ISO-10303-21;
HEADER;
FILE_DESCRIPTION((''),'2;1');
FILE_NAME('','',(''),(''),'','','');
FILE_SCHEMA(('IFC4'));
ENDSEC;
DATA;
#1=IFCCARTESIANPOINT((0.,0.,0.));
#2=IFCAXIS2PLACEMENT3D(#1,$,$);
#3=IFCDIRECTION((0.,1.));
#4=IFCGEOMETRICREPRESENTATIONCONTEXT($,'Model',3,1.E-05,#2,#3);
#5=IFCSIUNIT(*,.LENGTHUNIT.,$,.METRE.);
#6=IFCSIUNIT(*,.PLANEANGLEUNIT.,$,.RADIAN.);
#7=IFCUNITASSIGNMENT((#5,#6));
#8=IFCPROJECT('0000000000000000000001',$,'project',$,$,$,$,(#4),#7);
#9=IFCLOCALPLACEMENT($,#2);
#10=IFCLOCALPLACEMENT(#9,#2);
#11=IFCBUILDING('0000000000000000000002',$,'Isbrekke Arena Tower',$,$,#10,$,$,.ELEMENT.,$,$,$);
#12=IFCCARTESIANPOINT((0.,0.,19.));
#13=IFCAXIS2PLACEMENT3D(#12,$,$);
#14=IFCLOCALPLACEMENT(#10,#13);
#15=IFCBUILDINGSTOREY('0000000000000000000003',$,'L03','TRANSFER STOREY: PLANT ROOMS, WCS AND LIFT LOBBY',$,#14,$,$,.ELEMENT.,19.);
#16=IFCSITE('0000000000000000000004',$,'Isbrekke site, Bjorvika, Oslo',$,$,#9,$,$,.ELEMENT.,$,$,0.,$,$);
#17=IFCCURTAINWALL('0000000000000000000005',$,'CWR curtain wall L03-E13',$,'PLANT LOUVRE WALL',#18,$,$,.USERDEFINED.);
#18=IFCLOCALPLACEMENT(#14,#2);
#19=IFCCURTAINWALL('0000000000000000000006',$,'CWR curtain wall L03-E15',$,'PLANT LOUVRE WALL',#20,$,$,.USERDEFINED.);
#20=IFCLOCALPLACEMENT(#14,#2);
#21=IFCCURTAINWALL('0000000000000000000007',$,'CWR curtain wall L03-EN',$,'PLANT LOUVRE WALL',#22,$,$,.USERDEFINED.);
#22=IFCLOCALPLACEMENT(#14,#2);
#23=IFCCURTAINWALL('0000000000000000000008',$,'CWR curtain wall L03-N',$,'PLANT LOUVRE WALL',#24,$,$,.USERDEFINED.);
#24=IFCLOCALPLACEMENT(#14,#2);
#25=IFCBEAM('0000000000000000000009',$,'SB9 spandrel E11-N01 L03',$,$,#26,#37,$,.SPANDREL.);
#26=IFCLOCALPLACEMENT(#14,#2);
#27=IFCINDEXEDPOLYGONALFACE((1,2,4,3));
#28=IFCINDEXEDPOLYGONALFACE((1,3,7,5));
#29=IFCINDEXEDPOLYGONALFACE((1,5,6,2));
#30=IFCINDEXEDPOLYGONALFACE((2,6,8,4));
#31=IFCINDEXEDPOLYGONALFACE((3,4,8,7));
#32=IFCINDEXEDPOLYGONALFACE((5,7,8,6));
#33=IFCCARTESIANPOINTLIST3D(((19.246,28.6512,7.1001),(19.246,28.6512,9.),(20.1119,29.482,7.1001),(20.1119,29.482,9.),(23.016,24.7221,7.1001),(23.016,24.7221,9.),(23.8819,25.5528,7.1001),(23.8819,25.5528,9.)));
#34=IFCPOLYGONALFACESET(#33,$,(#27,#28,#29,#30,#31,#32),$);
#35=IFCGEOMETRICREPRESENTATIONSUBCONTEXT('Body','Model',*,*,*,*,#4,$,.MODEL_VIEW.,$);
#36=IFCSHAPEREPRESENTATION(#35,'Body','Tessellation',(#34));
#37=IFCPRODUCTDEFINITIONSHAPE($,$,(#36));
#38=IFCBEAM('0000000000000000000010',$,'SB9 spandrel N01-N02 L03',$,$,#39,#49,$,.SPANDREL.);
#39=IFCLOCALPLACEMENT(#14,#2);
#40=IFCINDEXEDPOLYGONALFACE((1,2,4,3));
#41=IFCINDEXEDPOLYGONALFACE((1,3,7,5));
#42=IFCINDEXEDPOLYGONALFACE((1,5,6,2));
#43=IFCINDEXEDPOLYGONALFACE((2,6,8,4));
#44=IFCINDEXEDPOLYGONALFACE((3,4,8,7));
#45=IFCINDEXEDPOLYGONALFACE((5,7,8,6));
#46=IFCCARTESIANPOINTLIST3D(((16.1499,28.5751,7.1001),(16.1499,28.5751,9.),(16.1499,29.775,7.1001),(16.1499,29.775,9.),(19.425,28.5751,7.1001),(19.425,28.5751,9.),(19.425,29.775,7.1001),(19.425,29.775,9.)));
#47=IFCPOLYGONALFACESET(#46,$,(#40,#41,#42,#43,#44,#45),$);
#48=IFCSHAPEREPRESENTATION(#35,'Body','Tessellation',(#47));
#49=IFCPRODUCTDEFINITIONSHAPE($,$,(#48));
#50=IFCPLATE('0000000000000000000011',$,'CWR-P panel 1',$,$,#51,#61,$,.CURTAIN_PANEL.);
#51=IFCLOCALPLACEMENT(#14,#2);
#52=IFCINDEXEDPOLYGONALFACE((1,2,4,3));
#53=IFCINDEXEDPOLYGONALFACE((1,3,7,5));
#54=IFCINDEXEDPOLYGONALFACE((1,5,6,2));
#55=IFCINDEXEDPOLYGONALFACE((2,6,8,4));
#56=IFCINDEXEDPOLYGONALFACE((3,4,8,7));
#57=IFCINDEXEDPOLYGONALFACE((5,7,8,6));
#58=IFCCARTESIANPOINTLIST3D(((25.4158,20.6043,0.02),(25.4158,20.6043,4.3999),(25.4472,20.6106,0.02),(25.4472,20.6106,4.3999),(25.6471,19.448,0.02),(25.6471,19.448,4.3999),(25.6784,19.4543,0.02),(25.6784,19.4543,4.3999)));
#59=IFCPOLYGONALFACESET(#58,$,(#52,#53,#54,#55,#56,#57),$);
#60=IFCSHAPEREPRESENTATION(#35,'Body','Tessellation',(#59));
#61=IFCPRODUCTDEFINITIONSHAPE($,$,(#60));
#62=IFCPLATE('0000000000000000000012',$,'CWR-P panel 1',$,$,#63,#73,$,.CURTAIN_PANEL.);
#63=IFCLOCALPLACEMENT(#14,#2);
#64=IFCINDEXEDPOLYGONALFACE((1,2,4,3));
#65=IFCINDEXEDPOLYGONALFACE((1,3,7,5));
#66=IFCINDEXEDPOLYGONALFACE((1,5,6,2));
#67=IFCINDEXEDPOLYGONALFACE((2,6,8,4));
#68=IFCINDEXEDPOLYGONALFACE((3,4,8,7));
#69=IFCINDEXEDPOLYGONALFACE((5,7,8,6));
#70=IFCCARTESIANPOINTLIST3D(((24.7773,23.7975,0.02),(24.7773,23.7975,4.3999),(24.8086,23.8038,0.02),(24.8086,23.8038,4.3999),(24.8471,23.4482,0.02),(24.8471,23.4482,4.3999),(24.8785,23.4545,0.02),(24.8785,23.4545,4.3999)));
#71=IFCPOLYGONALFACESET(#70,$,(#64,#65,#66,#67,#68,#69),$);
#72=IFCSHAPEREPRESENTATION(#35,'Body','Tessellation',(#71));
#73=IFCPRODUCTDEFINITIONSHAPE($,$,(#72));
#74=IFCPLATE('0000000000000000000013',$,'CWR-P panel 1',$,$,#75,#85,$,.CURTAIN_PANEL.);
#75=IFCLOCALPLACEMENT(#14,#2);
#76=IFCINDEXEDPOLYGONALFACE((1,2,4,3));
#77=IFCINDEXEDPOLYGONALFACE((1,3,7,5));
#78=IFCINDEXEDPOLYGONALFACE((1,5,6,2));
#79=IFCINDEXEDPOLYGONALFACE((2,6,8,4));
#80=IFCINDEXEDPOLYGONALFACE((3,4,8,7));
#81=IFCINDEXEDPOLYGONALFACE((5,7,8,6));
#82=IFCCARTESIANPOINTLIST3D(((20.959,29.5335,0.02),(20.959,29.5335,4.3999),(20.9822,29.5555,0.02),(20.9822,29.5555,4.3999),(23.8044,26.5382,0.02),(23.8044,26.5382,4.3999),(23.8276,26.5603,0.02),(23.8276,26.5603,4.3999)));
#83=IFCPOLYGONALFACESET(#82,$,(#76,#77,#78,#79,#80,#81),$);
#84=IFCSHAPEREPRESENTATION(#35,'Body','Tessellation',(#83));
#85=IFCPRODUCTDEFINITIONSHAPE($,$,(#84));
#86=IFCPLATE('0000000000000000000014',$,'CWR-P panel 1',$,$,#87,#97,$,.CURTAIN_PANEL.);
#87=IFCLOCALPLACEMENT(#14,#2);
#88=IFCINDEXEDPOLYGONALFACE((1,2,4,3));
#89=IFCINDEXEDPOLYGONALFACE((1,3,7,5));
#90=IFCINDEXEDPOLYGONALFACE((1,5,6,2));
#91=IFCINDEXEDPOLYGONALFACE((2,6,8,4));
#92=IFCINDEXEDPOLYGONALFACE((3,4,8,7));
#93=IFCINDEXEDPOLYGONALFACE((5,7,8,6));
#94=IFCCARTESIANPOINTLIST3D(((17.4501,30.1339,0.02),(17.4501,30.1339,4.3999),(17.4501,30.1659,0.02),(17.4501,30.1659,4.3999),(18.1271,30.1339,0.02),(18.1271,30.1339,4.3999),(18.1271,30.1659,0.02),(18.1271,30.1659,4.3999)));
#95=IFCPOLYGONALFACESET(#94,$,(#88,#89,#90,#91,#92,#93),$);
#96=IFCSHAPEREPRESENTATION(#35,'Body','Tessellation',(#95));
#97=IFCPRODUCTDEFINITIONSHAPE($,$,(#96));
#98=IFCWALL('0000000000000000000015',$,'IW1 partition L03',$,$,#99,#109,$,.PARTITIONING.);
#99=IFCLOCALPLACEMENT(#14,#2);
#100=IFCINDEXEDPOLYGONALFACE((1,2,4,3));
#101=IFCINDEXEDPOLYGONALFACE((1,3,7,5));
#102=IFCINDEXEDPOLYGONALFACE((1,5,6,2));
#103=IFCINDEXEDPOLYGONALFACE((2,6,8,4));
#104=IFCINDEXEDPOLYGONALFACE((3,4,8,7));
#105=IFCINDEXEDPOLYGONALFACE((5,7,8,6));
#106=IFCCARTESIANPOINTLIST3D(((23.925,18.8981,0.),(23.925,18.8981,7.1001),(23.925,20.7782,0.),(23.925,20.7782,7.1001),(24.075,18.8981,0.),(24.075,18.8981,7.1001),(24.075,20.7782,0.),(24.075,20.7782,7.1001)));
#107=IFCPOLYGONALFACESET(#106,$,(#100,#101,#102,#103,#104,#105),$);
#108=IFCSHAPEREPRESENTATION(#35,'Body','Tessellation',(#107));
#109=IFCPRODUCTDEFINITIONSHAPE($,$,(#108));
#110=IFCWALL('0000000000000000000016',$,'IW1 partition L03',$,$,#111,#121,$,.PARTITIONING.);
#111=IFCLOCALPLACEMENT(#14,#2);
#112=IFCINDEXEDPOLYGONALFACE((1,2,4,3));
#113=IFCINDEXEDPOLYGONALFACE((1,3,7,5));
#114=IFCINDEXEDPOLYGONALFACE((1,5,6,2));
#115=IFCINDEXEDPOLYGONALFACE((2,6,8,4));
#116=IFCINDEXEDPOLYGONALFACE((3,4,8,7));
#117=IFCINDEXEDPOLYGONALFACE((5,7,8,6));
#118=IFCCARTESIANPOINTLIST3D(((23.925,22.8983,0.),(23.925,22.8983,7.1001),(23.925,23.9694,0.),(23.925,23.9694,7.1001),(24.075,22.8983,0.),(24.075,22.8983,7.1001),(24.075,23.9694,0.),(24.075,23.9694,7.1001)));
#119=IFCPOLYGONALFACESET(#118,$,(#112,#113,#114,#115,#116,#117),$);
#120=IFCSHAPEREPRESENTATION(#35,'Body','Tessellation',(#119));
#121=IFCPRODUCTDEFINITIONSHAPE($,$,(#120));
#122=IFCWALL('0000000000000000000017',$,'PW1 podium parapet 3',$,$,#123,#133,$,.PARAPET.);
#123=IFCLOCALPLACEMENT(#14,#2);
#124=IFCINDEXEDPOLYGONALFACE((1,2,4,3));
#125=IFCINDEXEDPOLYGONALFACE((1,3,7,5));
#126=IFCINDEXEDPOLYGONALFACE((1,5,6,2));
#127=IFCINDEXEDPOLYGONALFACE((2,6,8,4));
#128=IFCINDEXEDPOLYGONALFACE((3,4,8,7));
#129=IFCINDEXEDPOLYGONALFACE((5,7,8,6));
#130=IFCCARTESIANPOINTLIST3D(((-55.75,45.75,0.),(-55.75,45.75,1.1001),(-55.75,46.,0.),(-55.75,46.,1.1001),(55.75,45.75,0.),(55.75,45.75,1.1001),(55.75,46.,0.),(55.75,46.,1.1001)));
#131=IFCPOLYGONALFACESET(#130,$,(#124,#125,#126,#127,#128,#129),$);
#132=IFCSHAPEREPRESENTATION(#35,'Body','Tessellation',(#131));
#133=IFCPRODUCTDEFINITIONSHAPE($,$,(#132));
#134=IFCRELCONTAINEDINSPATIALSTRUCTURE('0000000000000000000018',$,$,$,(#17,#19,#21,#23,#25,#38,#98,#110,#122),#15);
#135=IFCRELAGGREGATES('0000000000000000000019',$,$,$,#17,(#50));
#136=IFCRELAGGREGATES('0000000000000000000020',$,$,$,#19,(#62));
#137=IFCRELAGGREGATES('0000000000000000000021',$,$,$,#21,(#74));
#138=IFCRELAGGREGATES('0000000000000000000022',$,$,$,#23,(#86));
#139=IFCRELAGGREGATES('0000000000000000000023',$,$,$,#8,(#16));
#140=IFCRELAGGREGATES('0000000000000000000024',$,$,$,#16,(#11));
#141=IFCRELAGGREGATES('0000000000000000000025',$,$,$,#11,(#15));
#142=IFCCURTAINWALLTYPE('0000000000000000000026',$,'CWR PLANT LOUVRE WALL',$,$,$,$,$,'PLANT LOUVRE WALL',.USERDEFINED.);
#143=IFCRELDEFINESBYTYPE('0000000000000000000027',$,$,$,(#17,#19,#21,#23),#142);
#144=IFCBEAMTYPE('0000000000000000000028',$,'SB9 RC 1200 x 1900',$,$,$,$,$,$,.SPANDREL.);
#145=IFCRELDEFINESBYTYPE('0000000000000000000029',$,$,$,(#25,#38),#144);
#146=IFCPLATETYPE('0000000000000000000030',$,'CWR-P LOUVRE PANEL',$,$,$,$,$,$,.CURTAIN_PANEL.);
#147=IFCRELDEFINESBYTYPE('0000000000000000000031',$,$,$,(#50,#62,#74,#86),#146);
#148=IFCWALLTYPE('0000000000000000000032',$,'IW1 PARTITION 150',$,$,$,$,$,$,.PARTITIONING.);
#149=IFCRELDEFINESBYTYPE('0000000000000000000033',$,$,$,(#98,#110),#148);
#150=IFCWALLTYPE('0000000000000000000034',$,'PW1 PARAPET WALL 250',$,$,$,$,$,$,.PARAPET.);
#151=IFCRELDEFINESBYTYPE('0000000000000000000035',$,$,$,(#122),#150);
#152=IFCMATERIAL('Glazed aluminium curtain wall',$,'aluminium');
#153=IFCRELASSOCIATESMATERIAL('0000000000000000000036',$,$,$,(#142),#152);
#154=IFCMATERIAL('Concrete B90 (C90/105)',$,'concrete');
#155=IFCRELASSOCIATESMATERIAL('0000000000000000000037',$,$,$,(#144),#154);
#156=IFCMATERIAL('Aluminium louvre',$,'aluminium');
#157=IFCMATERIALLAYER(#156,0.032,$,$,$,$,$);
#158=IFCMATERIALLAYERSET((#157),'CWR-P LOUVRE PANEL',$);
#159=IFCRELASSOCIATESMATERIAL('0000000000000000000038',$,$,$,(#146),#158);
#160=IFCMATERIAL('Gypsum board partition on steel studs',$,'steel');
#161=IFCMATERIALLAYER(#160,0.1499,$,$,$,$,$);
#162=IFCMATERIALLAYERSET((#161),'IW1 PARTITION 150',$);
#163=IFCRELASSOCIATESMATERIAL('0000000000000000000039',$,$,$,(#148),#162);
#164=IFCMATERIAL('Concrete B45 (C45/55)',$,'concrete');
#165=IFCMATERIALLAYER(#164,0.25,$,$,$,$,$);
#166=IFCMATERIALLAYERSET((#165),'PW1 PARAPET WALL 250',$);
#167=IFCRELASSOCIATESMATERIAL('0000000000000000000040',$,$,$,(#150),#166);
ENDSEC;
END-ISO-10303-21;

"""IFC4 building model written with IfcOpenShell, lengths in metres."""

from ifc_helpers import new_model, si_unit, direction, frame, frame_2d, origin, origin_2d, place, context, subcontext, project, spatial, rectangle, extrude, material, layer, layer_set, material_profile, profile_set, type_object, element, aggregate, save


model = new_model("IFC4")

# Units and contexts
model_context = context("Model", 3, precision=1e-05, world=origin(), true_north=direction((0.0, 1.0)))
body_context = subcontext(model_context, "Body", "Model", "MODEL_VIEW")
ifc_project = project(units=[si_unit("LENGTHUNIT", "METRE"), si_unit("PLANEANGLEUNIT", "RADIAN")], contexts=[model_context])

# Site, building, storey
site_placement = place(None, origin())
site = spatial("IfcSite", under=ifc_project, at=site_placement, Name="Isbrekke site, Bjorvika, Oslo", CompositionType="ELEMENT", RefElevation=0.0)
building_placement = place(site_placement, origin())
building = spatial("IfcBuilding", under=site, at=building_placement, Name="Isbrekke Arena Tower", CompositionType="ELEMENT")
storey_placement = place(building_placement, frame((0.0, 0.0, 19.0)))
storey = spatial("IfcBuildingStorey", under=building, at=storey_placement, Name="L03", Description="TRANSFER STOREY: PLANT ROOMS, WCS AND LIFT LOBBY", CompositionType="ELEMENT", Elevation=19.0)

# Curtain walls
ifc_material_1 = material(Name="Glazed aluminium curtain wall", Category="aluminium")
curtain_wall_type = type_object("IfcCurtainWallType", Name="CWR PLANT LOUVRE WALL", ElementType="PLANT LOUVRE WALL", PredefinedType="USERDEFINED", material=ifc_material_1)
curtain_wall_1_placement = place(storey_placement, origin())
curtain_wall_1 = element("IfcCurtainWall", 1, at=curtain_wall_1_placement, inside=storey, type_object=curtain_wall_type, Name="CWR curtain wall L03-E13", ObjectType="PLANT LOUVRE WALL", PredefinedType="USERDEFINED")
curtain_wall_2_placement = place(storey_placement, origin())
curtain_wall_2 = element("IfcCurtainWall", 2, at=curtain_wall_2_placement, inside=storey, type_object=curtain_wall_type, Name="CWR curtain wall L03-E15", ObjectType="PLANT LOUVRE WALL", PredefinedType="USERDEFINED")
curtain_wall_3_placement = place(storey_placement, origin())
curtain_wall_3 = element("IfcCurtainWall", 3, at=curtain_wall_3_placement, inside=storey, type_object=curtain_wall_type, Name="CWR curtain wall L03-EN", ObjectType="PLANT LOUVRE WALL", PredefinedType="USERDEFINED")
curtain_wall_4_placement = place(storey_placement, origin())
curtain_wall_4 = element("IfcCurtainWall", 4, at=curtain_wall_4_placement, inside=storey, type_object=curtain_wall_type, Name="CWR curtain wall L03-N", ObjectType="PLANT LOUVRE WALL", PredefinedType="USERDEFINED")

# Beams
ifc_material_2 = material(Name="Concrete B90 (C90/105)", Category="concrete")
ifc_material_profile_1 = material_profile(ifc_material_2, rectangle(XDim=1.2, YDim=1.8999, at=origin_2d()), Name="RC 1200x1900")
ifc_profile_set_1 = profile_set([ifc_material_profile_1], Name="Concrete B90 (C90/105)")
beam_type_1 = type_object("IfcBeamType", Name="SB9 RC 1200 x 1900", PredefinedType="SPANDREL", material=ifc_profile_set_1)
beam_1_placement = place(storey_placement, frame((23.449, 25.1375, 8.05), z_axis=(-0.69234, 0.721572, 0.0), x_axis=(-0.721572, -0.69234, 0.0)))
element("IfcBeam", 5, at=beam_1_placement, inside=storey, type_object=beam_type_1, Name="SB9 spandrel E11-N01 L03", PredefinedType="SPANDREL", context=body_context, shape_type="SweptSolid", body=[
    extrude(rectangle(XDim=1.2, YDim=1.8999, at=origin_2d()), origin(), (0.0, 0.0, 1.0), 5.4453),
])
beam_2_placement = place(storey_placement, frame((19.425, 29.175, 8.05), z_axis=(-1.0, 0.0, 0.0), x_axis=(0.0, -1.0, 0.0)))
element("IfcBeam", 6, at=beam_2_placement, inside=storey, type_object=beam_type_1, Name="SB9 spandrel N01-N02 L03", PredefinedType="SPANDREL", context=body_context, shape_type="SweptSolid", body=[
    extrude(rectangle(XDim=1.2, YDim=1.8999, at=origin_2d()), origin(), (0.0, 0.0, 1.0), 3.2751),
])

# Plates
ifc_material_3 = material(Name="Aluminium louvre", Category="aluminium")
ifc_layer_1 = layer(ifc_material_3, 0.032)
ifc_layer_set_1 = layer_set([ifc_layer_1], Name="CWR-P LOUVRE PANEL")
plate_type = type_object("IfcPlateType", Name="CWR-P LOUVRE PANEL", PredefinedType="CURTAIN_PANEL", material=ifc_layer_set_1)
plate_1_placement = place(storey_placement, frame((25.5471, 20.0293, 0.02), z_axis=(0.0, 0.0, 1.0), x_axis=(-0.196116, 0.980581, 0.0)))
plate_1 = element("IfcPlate", 7, at=plate_1_placement, type_object=plate_type, Name="CWR-P panel 1", PredefinedType="CURTAIN_PANEL", context=body_context, shape_type="SweptSolid", body=[
    extrude(rectangle(XDim=1.1792, YDim=0.032, at=origin_2d()), origin(), (0.0, 0.0, 1.0), 4.3799),
])
aggregate(curtain_wall_1, [plate_1])
plate_2_placement = place(storey_placement, frame((24.8279, 23.626, 0.02), z_axis=(0.0, 0.0, 1.0), x_axis=(-0.196116, 0.980581, 0.0)))
plate_2 = element("IfcPlate", 8, at=plate_2_placement, type_object=plate_type, Name="CWR-P panel 1", PredefinedType="CURTAIN_PANEL", context=body_context, shape_type="SweptSolid", body=[
    extrude(rectangle(XDim=0.3562, YDim=0.032, at=origin_2d()), origin(), (0.0, 0.0, 1.0), 4.3799),
])
aggregate(curtain_wall_2, [plate_2])
plate_3_placement = place(storey_placement, frame((22.3933, 28.0469, 0.02), z_axis=(0.0, 0.0, 1.0), x_axis=(-0.688749, 0.724999, 0.0)))
plate_3 = element("IfcPlate", 9, at=plate_3_placement, type_object=plate_type, Name="CWR-P panel 1", PredefinedType="CURTAIN_PANEL", context=body_context, shape_type="SweptSolid", body=[
    extrude(rectangle(XDim=4.1313, YDim=0.032, at=origin_2d()), origin(), (0.0, 0.0, 1.0), 4.3799),
])
aggregate(curtain_wall_3, [plate_3])
plate_4_placement = place(storey_placement, frame((17.7886, 30.1499, 0.02), z_axis=(0.0, 0.0, 1.0), x_axis=(-1.0, 0.0, 0.0)))
plate_4 = element("IfcPlate", 10, at=plate_4_placement, type_object=plate_type, Name="CWR-P panel 1", PredefinedType="CURTAIN_PANEL", context=body_context, shape_type="SweptSolid", body=[
    extrude(rectangle(XDim=0.677, YDim=0.032, at=origin_2d()), origin(), (0.0, 0.0, 1.0), 4.3799),
])
aggregate(curtain_wall_4, [plate_4])

# Walls
ifc_material_4 = material(Name="Gypsum board partition on steel studs", Category="steel")
ifc_layer_2 = layer(ifc_material_4, 0.1499)
ifc_layer_set_2 = layer_set([ifc_layer_2], Name="IW1 PARTITION 150")
wall_type_1 = type_object("IfcWallType", Name="IW1 PARTITION 150", PredefinedType="PARTITIONING", material=ifc_layer_set_2)
wall_1_placement = place(storey_placement, frame((24.0, 18.8982, 0.0), z_axis=(0.0, 0.0, 1.0), x_axis=(0.0, 1.0, 0.0)))
element("IfcWall", 11, at=wall_1_placement, inside=storey, type_object=wall_type_1, Name="IW1 partition L03", PredefinedType="PARTITIONING", context=body_context, shape_type="SweptSolid", body=[
    extrude(rectangle(XDim=1.8801, YDim=0.1499, at=frame_2d((0.9399, 0.0))), origin(), (0.0, 0.0, 1.0), 7.1001),
])
wall_2_placement = place(storey_placement, frame((24.0, 22.8982, 0.0), z_axis=(0.0, 0.0, 1.0), x_axis=(0.0, 1.0, 0.0)))
element("IfcWall", 12, at=wall_2_placement, inside=storey, type_object=wall_type_1, Name="IW1 partition L03", PredefinedType="PARTITIONING", context=body_context, shape_type="SweptSolid", body=[
    extrude(rectangle(XDim=1.071, YDim=0.1499, at=frame_2d((0.5356, 0.0))), origin(), (0.0, 0.0, 1.0), 7.1001),
])
ifc_material_5 = material(Name="Concrete B45 (C45/55)", Category="concrete")
ifc_layer_3 = layer(ifc_material_5, 0.25)
ifc_layer_set_3 = layer_set([ifc_layer_3], Name="PW1 PARAPET WALL 250")
wall_type_2 = type_object("IfcWallType", Name="PW1 PARAPET WALL 250", PredefinedType="PARAPET", material=ifc_layer_set_3)
wall_3_placement = place(storey_placement, frame((55.75, 45.875, 0.0), z_axis=(0.0, 0.0, 1.0), x_axis=(-1.0, 0.0, 0.0)))
element("IfcWall", 13, at=wall_3_placement, inside=storey, type_object=wall_type_2, Name="PW1 podium parapet 3", PredefinedType="PARAPET", context=body_context, shape_type="SweptSolid", body=[
    extrude(rectangle(XDim=111.5, YDim=0.25, at=frame_2d((55.75, 0.0))), origin(), (0.0, 0.0, 1.0), 1.1001),
])

save(model, "model.ifc")
